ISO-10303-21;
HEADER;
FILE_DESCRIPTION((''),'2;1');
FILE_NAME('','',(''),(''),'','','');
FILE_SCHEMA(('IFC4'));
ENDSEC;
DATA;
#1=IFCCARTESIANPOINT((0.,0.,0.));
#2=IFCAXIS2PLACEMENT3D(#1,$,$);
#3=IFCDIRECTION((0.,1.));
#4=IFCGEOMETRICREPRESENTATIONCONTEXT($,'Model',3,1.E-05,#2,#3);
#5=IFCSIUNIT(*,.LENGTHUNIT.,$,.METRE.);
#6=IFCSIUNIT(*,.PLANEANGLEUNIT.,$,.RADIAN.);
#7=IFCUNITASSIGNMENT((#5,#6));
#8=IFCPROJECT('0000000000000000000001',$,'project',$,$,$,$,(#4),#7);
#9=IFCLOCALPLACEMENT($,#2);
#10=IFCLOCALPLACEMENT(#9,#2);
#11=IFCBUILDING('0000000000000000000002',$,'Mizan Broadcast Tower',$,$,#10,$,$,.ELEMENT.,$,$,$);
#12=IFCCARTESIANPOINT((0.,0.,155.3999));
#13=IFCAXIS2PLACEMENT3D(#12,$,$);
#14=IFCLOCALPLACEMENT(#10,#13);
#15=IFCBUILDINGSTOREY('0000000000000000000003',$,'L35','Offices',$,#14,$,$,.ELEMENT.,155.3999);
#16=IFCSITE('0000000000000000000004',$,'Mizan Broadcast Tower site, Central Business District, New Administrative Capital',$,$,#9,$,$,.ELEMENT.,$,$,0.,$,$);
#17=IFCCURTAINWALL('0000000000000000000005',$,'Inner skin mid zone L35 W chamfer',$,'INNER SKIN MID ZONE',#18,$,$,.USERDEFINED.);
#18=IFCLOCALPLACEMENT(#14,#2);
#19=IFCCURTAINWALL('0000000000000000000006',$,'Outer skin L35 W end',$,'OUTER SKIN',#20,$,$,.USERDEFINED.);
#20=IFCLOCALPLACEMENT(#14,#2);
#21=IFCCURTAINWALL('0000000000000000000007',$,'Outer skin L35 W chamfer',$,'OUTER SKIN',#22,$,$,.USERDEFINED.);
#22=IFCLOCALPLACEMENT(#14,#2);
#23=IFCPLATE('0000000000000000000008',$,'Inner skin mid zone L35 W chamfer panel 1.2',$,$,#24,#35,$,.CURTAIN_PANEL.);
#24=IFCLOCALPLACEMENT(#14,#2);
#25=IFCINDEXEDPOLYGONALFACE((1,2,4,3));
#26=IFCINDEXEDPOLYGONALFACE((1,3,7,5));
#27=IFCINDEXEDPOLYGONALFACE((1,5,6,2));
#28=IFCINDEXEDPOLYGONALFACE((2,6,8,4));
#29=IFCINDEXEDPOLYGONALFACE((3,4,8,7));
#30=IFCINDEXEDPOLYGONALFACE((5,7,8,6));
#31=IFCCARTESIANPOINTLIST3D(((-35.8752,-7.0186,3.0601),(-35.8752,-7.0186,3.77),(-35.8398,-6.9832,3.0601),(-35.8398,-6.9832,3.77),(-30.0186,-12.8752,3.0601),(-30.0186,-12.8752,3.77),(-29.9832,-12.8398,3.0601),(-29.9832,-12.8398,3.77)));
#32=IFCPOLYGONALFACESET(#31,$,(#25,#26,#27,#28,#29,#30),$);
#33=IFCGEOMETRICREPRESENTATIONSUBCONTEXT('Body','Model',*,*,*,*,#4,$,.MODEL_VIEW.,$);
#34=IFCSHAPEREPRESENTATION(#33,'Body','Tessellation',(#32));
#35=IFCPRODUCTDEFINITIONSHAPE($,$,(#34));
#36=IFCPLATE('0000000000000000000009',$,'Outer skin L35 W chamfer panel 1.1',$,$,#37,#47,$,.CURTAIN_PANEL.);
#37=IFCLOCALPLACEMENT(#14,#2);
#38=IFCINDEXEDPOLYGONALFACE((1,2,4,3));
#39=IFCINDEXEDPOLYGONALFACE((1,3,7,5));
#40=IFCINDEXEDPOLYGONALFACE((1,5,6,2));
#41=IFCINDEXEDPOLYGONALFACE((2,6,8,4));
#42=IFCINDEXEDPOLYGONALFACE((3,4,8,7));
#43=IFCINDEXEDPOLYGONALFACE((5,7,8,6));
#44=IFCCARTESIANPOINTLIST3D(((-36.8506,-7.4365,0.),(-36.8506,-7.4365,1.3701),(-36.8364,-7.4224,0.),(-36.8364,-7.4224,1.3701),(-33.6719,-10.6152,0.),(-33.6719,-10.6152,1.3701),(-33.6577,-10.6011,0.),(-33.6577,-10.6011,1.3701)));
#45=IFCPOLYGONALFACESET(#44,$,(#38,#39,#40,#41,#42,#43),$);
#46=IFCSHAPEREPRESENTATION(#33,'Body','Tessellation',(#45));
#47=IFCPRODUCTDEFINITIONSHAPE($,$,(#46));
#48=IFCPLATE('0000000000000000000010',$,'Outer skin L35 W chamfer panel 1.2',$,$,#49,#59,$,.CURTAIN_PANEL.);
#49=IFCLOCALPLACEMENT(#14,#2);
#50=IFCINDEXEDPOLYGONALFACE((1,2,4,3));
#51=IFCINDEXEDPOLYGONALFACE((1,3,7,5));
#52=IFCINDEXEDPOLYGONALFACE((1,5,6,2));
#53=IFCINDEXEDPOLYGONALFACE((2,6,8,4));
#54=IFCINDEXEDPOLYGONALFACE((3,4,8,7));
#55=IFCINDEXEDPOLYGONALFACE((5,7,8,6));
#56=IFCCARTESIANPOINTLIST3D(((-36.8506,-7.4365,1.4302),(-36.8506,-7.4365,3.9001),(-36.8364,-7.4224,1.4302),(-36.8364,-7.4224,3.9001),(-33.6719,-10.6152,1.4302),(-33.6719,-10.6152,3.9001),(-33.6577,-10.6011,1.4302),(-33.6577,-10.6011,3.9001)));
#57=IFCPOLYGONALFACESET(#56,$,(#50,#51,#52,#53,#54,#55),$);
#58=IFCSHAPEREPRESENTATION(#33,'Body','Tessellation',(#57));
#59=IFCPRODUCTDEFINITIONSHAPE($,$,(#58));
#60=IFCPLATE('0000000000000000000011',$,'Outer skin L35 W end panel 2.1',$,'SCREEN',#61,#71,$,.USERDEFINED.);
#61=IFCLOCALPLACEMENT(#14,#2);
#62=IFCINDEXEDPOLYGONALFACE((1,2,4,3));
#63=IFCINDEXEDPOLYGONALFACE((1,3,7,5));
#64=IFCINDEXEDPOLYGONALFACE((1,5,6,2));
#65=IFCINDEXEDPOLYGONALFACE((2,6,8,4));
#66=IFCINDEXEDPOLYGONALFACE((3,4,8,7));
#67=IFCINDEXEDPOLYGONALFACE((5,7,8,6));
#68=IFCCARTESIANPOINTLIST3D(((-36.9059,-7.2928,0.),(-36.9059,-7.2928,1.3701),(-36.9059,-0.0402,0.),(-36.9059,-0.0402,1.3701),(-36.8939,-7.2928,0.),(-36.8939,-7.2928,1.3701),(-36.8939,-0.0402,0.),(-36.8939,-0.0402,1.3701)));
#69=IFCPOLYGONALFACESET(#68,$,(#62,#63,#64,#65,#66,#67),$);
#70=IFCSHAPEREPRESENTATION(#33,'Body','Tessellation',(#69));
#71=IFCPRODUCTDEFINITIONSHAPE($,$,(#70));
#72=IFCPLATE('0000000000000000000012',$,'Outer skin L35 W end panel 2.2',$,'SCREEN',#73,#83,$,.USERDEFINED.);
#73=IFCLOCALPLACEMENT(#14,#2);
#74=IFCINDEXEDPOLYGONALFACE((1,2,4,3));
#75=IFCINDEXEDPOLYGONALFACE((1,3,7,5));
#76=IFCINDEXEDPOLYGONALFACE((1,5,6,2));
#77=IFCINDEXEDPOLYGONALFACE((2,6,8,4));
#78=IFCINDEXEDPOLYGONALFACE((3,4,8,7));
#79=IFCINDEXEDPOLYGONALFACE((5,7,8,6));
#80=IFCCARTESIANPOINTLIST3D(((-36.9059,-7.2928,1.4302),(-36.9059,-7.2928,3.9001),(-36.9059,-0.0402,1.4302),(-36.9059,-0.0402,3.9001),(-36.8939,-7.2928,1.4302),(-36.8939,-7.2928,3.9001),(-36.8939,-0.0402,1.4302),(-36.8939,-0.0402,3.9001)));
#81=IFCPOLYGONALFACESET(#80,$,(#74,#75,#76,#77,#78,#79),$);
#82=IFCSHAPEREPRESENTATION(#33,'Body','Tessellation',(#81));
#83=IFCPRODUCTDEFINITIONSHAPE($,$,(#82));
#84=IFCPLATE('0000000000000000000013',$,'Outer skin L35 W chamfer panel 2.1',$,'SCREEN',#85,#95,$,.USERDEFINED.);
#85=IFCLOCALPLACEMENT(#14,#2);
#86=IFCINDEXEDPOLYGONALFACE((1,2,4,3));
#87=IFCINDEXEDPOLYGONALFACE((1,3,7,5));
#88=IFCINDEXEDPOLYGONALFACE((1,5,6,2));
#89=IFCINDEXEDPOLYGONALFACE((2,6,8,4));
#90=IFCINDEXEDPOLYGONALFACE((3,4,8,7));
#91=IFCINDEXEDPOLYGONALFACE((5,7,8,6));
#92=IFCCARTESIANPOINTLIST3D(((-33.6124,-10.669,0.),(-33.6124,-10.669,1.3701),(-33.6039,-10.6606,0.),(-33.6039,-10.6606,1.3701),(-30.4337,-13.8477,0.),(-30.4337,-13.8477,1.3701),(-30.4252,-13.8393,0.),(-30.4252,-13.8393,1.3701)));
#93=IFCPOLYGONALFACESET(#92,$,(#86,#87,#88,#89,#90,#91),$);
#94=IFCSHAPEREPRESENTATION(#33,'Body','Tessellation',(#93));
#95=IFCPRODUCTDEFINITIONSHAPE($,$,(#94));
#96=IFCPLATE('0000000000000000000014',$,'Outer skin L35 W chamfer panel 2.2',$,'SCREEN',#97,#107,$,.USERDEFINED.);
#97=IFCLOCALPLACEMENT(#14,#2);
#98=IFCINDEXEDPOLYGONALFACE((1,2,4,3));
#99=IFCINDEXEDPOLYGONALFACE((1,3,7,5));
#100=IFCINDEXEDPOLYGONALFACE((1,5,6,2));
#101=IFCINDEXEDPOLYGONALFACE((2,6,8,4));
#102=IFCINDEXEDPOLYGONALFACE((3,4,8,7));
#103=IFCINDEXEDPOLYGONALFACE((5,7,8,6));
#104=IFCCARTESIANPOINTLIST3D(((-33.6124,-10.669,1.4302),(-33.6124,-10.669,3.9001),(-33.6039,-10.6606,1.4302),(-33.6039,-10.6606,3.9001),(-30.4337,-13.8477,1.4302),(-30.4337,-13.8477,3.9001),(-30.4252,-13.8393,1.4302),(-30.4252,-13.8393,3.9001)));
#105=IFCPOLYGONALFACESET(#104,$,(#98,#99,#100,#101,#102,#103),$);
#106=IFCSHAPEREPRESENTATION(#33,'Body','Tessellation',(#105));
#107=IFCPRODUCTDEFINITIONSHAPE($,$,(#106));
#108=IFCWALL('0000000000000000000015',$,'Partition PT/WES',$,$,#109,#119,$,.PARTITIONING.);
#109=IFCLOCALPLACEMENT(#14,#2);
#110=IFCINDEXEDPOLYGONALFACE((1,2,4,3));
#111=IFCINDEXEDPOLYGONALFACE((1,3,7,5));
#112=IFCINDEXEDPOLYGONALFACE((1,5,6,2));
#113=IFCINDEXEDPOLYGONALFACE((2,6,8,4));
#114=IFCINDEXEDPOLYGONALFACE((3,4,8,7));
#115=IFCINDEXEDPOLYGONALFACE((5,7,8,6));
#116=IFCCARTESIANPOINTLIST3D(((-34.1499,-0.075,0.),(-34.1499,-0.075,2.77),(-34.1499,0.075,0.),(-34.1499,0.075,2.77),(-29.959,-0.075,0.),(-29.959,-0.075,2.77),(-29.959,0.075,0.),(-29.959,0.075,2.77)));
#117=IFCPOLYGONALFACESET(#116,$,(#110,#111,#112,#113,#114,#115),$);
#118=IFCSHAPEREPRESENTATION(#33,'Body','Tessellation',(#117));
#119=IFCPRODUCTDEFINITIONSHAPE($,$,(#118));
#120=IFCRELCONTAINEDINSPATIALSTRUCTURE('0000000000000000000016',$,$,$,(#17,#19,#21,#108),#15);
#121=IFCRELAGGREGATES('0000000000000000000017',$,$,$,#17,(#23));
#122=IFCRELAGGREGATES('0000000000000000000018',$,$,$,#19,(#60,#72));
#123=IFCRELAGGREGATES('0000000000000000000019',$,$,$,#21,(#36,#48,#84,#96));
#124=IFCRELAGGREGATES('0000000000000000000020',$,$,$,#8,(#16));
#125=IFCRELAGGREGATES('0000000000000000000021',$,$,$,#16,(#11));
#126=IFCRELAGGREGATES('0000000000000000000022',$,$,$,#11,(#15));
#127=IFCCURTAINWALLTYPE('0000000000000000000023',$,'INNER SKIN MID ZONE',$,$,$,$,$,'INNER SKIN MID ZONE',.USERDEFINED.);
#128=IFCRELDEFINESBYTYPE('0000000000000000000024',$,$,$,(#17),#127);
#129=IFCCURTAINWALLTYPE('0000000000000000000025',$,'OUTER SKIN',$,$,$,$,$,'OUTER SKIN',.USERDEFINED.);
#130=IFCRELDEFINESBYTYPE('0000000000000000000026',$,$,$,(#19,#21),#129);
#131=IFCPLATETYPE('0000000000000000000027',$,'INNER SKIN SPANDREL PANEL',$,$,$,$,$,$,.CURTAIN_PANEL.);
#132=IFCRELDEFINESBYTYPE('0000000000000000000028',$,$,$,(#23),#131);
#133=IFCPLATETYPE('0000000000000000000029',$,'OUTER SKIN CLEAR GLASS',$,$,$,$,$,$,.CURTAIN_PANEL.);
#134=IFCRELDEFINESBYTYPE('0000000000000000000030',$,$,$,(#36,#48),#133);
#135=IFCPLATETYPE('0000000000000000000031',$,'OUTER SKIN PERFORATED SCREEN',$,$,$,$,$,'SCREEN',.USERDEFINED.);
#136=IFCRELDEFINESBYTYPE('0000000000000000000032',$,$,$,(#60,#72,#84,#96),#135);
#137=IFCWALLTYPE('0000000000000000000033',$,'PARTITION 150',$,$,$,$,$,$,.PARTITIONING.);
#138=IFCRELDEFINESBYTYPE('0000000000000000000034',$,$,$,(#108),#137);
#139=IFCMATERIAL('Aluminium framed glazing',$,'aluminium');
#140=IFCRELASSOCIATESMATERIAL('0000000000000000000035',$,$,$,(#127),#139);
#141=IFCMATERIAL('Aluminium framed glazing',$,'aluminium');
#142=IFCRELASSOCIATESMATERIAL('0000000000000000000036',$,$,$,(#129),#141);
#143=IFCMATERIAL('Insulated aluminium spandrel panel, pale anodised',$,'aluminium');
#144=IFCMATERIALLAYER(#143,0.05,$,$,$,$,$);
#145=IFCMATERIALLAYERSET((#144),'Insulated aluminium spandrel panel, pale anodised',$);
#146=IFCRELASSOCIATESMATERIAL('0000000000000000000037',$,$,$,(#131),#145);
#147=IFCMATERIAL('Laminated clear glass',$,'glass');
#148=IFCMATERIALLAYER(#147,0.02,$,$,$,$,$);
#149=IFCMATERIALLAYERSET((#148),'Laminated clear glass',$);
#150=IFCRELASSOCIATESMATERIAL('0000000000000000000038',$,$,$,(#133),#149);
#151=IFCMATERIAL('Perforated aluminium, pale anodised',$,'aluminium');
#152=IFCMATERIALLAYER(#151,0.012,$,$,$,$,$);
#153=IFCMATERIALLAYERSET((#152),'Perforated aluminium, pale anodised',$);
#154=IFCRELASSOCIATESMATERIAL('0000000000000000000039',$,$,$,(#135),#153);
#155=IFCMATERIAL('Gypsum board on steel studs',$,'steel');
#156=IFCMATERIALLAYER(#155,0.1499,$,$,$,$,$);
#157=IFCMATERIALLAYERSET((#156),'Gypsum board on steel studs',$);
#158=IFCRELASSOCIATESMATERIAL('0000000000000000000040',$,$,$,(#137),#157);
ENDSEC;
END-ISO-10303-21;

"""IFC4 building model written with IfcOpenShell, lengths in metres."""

from ifc_helpers import new_model, si_unit, direction, frame, frame_2d, origin, origin_2d, place, context, subcontext, project, spatial, rectangle, extrude, material, layer, layer_set, type_object, element, aggregate, save


model = new_model("IFC4")

# Units and contexts
model_context = context("Model", 3, precision=1e-05, world=origin(), true_north=direction((0.0, 1.0)))
body_context = subcontext(model_context, "Body", "Model", "MODEL_VIEW")
ifc_project = project(units=[si_unit("LENGTHUNIT", "METRE"), si_unit("PLANEANGLEUNIT", "RADIAN")], contexts=[model_context])

# Site, building, storey
site_placement = place(None, origin())
site = spatial("IfcSite", under=ifc_project, at=site_placement, Name="Mizan Broadcast Tower site, Central Business District, New Administrative Capital", CompositionType="ELEMENT", RefElevation=0.0)
building_placement = place(site_placement, origin())
building = spatial("IfcBuilding", under=site, at=building_placement, Name="Mizan Broadcast Tower", CompositionType="ELEMENT")
storey_placement = place(building_placement, frame((0.0, 0.0, 155.3999)))
storey = spatial("IfcBuildingStorey", under=building, at=storey_placement, Name="L35", Description="Offices", CompositionType="ELEMENT", Elevation=155.3999)

# Shared definitions
ifc_material_1 = material(Name="Aluminium framed glazing", Category="aluminium")
curtain_wall_type_1 = type_object("IfcCurtainWallType", Name="INNER SKIN MID ZONE", ElementType="INNER SKIN MID ZONE", PredefinedType="USERDEFINED", material=ifc_material_1)

# Curtain wall
curtain_wall_1_placement = place(storey_placement, origin())
curtain_wall_1 = element("IfcCurtainWall", 1, at=curtain_wall_1_placement, inside=storey, type_object=curtain_wall_type_1, Name="Inner skin mid zone L35 W chamfer", ObjectType="INNER SKIN MID ZONE", PredefinedType="USERDEFINED")

# Curtain walls
ifc_material_2 = material(Name="Aluminium framed glazing", Category="aluminium")
curtain_wall_type_2 = type_object("IfcCurtainWallType", Name="OUTER SKIN", ElementType="OUTER SKIN", PredefinedType="USERDEFINED", material=ifc_material_2)
curtain_wall_2_placement = place(storey_placement, origin())
curtain_wall_2 = element("IfcCurtainWall", 2, at=curtain_wall_2_placement, inside=storey, type_object=curtain_wall_type_2, Name="Outer skin L35 W end", ObjectType="OUTER SKIN", PredefinedType="USERDEFINED")
curtain_wall_3_placement = place(storey_placement, origin())
curtain_wall_3 = element("IfcCurtainWall", 3, at=curtain_wall_3_placement, inside=storey, type_object=curtain_wall_type_2, Name="Outer skin L35 W chamfer", ObjectType="OUTER SKIN", PredefinedType="USERDEFINED")

# Plates
ifc_material_3 = material(Name="Insulated aluminium spandrel panel, pale anodised", Category="aluminium")
ifc_layer_1 = layer(ifc_material_3, 0.05)
ifc_layer_set_1 = layer_set([ifc_layer_1], Name="Insulated aluminium spandrel panel, pale anodised")
plate_type_1 = type_object("IfcPlateType", Name="INNER SKIN SPANDREL PANEL", PredefinedType="CURTAIN_PANEL", material=ifc_layer_set_1)
plate_1_placement = place(storey_placement, frame((-32.9292, -9.9292, 3.0601), z_axis=(0.0, 0.0, 1.0), x_axis=(0.707107, -0.707107, 0.0)))
plate_1 = element("IfcPlate", 4, at=plate_1_placement, type_object=plate_type_1, Name="Inner skin mid zone L35 W chamfer panel 1.2", PredefinedType="CURTAIN_PANEL", context=body_context, shape_type="SweptSolid", body=[
    extrude(rectangle(XDim=8.2825, YDim=0.05, at=origin_2d()), origin(), (0.0, 0.0, 1.0), 0.71),
])
aggregate(curtain_wall_1, [plate_1])
ifc_material_4 = material(Name="Laminated clear glass", Category="glass")
ifc_layer_2 = layer(ifc_material_4, 0.02)
ifc_layer_set_2 = layer_set([ifc_layer_2], Name="Laminated clear glass")
plate_type_2 = type_object("IfcPlateType", Name="OUTER SKIN CLEAR GLASS", PredefinedType="CURTAIN_PANEL", material=ifc_layer_set_2)
plate_2_placement = place(storey_placement, frame((-35.2542, -9.0188, 0.0), z_axis=(0.0, 0.0, 1.0), x_axis=(0.707107, -0.707107, 0.0)))
plate_2 = element("IfcPlate", 5, at=plate_2_placement, type_object=plate_type_2, Name="Outer skin L35 W chamfer panel 1.1", PredefinedType="CURTAIN_PANEL", context=body_context, shape_type="SweptSolid", body=[
    extrude(rectangle(XDim=4.4954, YDim=0.02, at=origin_2d()), origin(), (0.0, 0.0, 1.0), 1.3701),
])
plate_3_placement = place(storey_placement, frame((-35.2542, -9.0188, 1.4302), z_axis=(0.0, 0.0, 1.0), x_axis=(0.707107, -0.707107, 0.0)))
plate_3 = element("IfcPlate", 6, at=plate_3_placement, type_object=plate_type_2, Name="Outer skin L35 W chamfer panel 1.2", PredefinedType="CURTAIN_PANEL", context=body_context, shape_type="SweptSolid", body=[
    extrude(rectangle(XDim=4.4954, YDim=0.02, at=origin_2d()), origin(), (0.0, 0.0, 1.0), 2.47),
])
ifc_material_5 = material(Name="Perforated aluminium, pale anodised", Category="aluminium")
ifc_layer_3 = layer(ifc_material_5, 0.012)
ifc_layer_set_3 = layer_set([ifc_layer_3], Name="Perforated aluminium, pale anodised")
plate_type_3 = type_object("IfcPlateType", Name="OUTER SKIN PERFORATED SCREEN", ElementType="SCREEN", PredefinedType="USERDEFINED", material=ifc_layer_set_3)
plate_4_placement = place(storey_placement, frame((-36.8999, -3.6665, 0.0), z_axis=(0.0, 0.0, 1.0), x_axis=(0.0, -1.0, 0.0)))
plate_4 = element("IfcPlate", 7, at=plate_4_placement, type_object=plate_type_3, Name="Outer skin L35 W end panel 2.1", ObjectType="SCREEN", PredefinedType="USERDEFINED", context=body_context, shape_type="SweptSolid", body=[
    extrude(rectangle(XDim=7.2527, YDim=0.012, at=origin_2d()), origin(), (0.0, 0.0, 1.0), 1.3701),
])
plate_5_placement = place(storey_placement, frame((-36.8999, -3.6665, 1.4302), z_axis=(0.0, 0.0, 1.0), x_axis=(0.0, -1.0, 0.0)))
plate_5 = element("IfcPlate", 8, at=plate_5_placement, type_object=plate_type_3, Name="Outer skin L35 W end panel 2.2", ObjectType="SCREEN", PredefinedType="USERDEFINED", context=body_context, shape_type="SweptSolid", body=[
    extrude(rectangle(XDim=7.2527, YDim=0.012, at=origin_2d()), origin(), (0.0, 0.0, 1.0), 2.47),
])
aggregate(curtain_wall_2, [plate_4, plate_5])
plate_6_placement = place(storey_placement, frame((-32.0188, -12.2542, 0.0), z_axis=(0.0, 0.0, 1.0), x_axis=(0.707107, -0.707107, 0.0)))
plate_6 = element("IfcPlate", 9, at=plate_6_placement, type_object=plate_type_3, Name="Outer skin L35 W chamfer panel 2.1", ObjectType="SCREEN", PredefinedType="USERDEFINED", context=body_context, shape_type="SweptSolid", body=[
    extrude(rectangle(XDim=4.4954, YDim=0.012, at=origin_2d()), origin(), (0.0, 0.0, 1.0), 1.3701),
])
plate_7_placement = place(storey_placement, frame((-32.0188, -12.2542, 1.4302), z_axis=(0.0, 0.0, 1.0), x_axis=(0.707107, -0.707107, 0.0)))
plate_7 = element("IfcPlate", 10, at=plate_7_placement, type_object=plate_type_3, Name="Outer skin L35 W chamfer panel 2.2", ObjectType="SCREEN", PredefinedType="USERDEFINED", context=body_context, shape_type="SweptSolid", body=[
    extrude(rectangle(XDim=4.4954, YDim=0.012, at=origin_2d()), origin(), (0.0, 0.0, 1.0), 2.47),
])
aggregate(curtain_wall_3, [plate_2, plate_3, plate_6, plate_7])

# Wall
ifc_material_6 = material(Name="Gypsum board on steel studs", Category="steel")
ifc_layer_4 = layer(ifc_material_6, 0.1499)
ifc_layer_set_4 = layer_set([ifc_layer_4], Name="Gypsum board on steel studs")
wall_type = type_object("IfcWallType", Name="PARTITION 150", PredefinedType="PARTITIONING", material=ifc_layer_set_4)
wall_placement = place(storey_placement, frame((-29.959, 0.0, 0.0), z_axis=(0.0, 0.0, 1.0), x_axis=(-1.0, 0.0, 0.0)))
element("IfcWall", 11, at=wall_placement, inside=storey, type_object=wall_type, Name="Partition PT/WES", PredefinedType="PARTITIONING", context=body_context, shape_type="SweptSolid", body=[
    extrude(rectangle(XDim=4.1909, YDim=0.1499, at=frame_2d((2.0955, 0.0))), origin(), (0.0, 0.0, 1.0), 2.77),
])

save(model, "model.ifc")
